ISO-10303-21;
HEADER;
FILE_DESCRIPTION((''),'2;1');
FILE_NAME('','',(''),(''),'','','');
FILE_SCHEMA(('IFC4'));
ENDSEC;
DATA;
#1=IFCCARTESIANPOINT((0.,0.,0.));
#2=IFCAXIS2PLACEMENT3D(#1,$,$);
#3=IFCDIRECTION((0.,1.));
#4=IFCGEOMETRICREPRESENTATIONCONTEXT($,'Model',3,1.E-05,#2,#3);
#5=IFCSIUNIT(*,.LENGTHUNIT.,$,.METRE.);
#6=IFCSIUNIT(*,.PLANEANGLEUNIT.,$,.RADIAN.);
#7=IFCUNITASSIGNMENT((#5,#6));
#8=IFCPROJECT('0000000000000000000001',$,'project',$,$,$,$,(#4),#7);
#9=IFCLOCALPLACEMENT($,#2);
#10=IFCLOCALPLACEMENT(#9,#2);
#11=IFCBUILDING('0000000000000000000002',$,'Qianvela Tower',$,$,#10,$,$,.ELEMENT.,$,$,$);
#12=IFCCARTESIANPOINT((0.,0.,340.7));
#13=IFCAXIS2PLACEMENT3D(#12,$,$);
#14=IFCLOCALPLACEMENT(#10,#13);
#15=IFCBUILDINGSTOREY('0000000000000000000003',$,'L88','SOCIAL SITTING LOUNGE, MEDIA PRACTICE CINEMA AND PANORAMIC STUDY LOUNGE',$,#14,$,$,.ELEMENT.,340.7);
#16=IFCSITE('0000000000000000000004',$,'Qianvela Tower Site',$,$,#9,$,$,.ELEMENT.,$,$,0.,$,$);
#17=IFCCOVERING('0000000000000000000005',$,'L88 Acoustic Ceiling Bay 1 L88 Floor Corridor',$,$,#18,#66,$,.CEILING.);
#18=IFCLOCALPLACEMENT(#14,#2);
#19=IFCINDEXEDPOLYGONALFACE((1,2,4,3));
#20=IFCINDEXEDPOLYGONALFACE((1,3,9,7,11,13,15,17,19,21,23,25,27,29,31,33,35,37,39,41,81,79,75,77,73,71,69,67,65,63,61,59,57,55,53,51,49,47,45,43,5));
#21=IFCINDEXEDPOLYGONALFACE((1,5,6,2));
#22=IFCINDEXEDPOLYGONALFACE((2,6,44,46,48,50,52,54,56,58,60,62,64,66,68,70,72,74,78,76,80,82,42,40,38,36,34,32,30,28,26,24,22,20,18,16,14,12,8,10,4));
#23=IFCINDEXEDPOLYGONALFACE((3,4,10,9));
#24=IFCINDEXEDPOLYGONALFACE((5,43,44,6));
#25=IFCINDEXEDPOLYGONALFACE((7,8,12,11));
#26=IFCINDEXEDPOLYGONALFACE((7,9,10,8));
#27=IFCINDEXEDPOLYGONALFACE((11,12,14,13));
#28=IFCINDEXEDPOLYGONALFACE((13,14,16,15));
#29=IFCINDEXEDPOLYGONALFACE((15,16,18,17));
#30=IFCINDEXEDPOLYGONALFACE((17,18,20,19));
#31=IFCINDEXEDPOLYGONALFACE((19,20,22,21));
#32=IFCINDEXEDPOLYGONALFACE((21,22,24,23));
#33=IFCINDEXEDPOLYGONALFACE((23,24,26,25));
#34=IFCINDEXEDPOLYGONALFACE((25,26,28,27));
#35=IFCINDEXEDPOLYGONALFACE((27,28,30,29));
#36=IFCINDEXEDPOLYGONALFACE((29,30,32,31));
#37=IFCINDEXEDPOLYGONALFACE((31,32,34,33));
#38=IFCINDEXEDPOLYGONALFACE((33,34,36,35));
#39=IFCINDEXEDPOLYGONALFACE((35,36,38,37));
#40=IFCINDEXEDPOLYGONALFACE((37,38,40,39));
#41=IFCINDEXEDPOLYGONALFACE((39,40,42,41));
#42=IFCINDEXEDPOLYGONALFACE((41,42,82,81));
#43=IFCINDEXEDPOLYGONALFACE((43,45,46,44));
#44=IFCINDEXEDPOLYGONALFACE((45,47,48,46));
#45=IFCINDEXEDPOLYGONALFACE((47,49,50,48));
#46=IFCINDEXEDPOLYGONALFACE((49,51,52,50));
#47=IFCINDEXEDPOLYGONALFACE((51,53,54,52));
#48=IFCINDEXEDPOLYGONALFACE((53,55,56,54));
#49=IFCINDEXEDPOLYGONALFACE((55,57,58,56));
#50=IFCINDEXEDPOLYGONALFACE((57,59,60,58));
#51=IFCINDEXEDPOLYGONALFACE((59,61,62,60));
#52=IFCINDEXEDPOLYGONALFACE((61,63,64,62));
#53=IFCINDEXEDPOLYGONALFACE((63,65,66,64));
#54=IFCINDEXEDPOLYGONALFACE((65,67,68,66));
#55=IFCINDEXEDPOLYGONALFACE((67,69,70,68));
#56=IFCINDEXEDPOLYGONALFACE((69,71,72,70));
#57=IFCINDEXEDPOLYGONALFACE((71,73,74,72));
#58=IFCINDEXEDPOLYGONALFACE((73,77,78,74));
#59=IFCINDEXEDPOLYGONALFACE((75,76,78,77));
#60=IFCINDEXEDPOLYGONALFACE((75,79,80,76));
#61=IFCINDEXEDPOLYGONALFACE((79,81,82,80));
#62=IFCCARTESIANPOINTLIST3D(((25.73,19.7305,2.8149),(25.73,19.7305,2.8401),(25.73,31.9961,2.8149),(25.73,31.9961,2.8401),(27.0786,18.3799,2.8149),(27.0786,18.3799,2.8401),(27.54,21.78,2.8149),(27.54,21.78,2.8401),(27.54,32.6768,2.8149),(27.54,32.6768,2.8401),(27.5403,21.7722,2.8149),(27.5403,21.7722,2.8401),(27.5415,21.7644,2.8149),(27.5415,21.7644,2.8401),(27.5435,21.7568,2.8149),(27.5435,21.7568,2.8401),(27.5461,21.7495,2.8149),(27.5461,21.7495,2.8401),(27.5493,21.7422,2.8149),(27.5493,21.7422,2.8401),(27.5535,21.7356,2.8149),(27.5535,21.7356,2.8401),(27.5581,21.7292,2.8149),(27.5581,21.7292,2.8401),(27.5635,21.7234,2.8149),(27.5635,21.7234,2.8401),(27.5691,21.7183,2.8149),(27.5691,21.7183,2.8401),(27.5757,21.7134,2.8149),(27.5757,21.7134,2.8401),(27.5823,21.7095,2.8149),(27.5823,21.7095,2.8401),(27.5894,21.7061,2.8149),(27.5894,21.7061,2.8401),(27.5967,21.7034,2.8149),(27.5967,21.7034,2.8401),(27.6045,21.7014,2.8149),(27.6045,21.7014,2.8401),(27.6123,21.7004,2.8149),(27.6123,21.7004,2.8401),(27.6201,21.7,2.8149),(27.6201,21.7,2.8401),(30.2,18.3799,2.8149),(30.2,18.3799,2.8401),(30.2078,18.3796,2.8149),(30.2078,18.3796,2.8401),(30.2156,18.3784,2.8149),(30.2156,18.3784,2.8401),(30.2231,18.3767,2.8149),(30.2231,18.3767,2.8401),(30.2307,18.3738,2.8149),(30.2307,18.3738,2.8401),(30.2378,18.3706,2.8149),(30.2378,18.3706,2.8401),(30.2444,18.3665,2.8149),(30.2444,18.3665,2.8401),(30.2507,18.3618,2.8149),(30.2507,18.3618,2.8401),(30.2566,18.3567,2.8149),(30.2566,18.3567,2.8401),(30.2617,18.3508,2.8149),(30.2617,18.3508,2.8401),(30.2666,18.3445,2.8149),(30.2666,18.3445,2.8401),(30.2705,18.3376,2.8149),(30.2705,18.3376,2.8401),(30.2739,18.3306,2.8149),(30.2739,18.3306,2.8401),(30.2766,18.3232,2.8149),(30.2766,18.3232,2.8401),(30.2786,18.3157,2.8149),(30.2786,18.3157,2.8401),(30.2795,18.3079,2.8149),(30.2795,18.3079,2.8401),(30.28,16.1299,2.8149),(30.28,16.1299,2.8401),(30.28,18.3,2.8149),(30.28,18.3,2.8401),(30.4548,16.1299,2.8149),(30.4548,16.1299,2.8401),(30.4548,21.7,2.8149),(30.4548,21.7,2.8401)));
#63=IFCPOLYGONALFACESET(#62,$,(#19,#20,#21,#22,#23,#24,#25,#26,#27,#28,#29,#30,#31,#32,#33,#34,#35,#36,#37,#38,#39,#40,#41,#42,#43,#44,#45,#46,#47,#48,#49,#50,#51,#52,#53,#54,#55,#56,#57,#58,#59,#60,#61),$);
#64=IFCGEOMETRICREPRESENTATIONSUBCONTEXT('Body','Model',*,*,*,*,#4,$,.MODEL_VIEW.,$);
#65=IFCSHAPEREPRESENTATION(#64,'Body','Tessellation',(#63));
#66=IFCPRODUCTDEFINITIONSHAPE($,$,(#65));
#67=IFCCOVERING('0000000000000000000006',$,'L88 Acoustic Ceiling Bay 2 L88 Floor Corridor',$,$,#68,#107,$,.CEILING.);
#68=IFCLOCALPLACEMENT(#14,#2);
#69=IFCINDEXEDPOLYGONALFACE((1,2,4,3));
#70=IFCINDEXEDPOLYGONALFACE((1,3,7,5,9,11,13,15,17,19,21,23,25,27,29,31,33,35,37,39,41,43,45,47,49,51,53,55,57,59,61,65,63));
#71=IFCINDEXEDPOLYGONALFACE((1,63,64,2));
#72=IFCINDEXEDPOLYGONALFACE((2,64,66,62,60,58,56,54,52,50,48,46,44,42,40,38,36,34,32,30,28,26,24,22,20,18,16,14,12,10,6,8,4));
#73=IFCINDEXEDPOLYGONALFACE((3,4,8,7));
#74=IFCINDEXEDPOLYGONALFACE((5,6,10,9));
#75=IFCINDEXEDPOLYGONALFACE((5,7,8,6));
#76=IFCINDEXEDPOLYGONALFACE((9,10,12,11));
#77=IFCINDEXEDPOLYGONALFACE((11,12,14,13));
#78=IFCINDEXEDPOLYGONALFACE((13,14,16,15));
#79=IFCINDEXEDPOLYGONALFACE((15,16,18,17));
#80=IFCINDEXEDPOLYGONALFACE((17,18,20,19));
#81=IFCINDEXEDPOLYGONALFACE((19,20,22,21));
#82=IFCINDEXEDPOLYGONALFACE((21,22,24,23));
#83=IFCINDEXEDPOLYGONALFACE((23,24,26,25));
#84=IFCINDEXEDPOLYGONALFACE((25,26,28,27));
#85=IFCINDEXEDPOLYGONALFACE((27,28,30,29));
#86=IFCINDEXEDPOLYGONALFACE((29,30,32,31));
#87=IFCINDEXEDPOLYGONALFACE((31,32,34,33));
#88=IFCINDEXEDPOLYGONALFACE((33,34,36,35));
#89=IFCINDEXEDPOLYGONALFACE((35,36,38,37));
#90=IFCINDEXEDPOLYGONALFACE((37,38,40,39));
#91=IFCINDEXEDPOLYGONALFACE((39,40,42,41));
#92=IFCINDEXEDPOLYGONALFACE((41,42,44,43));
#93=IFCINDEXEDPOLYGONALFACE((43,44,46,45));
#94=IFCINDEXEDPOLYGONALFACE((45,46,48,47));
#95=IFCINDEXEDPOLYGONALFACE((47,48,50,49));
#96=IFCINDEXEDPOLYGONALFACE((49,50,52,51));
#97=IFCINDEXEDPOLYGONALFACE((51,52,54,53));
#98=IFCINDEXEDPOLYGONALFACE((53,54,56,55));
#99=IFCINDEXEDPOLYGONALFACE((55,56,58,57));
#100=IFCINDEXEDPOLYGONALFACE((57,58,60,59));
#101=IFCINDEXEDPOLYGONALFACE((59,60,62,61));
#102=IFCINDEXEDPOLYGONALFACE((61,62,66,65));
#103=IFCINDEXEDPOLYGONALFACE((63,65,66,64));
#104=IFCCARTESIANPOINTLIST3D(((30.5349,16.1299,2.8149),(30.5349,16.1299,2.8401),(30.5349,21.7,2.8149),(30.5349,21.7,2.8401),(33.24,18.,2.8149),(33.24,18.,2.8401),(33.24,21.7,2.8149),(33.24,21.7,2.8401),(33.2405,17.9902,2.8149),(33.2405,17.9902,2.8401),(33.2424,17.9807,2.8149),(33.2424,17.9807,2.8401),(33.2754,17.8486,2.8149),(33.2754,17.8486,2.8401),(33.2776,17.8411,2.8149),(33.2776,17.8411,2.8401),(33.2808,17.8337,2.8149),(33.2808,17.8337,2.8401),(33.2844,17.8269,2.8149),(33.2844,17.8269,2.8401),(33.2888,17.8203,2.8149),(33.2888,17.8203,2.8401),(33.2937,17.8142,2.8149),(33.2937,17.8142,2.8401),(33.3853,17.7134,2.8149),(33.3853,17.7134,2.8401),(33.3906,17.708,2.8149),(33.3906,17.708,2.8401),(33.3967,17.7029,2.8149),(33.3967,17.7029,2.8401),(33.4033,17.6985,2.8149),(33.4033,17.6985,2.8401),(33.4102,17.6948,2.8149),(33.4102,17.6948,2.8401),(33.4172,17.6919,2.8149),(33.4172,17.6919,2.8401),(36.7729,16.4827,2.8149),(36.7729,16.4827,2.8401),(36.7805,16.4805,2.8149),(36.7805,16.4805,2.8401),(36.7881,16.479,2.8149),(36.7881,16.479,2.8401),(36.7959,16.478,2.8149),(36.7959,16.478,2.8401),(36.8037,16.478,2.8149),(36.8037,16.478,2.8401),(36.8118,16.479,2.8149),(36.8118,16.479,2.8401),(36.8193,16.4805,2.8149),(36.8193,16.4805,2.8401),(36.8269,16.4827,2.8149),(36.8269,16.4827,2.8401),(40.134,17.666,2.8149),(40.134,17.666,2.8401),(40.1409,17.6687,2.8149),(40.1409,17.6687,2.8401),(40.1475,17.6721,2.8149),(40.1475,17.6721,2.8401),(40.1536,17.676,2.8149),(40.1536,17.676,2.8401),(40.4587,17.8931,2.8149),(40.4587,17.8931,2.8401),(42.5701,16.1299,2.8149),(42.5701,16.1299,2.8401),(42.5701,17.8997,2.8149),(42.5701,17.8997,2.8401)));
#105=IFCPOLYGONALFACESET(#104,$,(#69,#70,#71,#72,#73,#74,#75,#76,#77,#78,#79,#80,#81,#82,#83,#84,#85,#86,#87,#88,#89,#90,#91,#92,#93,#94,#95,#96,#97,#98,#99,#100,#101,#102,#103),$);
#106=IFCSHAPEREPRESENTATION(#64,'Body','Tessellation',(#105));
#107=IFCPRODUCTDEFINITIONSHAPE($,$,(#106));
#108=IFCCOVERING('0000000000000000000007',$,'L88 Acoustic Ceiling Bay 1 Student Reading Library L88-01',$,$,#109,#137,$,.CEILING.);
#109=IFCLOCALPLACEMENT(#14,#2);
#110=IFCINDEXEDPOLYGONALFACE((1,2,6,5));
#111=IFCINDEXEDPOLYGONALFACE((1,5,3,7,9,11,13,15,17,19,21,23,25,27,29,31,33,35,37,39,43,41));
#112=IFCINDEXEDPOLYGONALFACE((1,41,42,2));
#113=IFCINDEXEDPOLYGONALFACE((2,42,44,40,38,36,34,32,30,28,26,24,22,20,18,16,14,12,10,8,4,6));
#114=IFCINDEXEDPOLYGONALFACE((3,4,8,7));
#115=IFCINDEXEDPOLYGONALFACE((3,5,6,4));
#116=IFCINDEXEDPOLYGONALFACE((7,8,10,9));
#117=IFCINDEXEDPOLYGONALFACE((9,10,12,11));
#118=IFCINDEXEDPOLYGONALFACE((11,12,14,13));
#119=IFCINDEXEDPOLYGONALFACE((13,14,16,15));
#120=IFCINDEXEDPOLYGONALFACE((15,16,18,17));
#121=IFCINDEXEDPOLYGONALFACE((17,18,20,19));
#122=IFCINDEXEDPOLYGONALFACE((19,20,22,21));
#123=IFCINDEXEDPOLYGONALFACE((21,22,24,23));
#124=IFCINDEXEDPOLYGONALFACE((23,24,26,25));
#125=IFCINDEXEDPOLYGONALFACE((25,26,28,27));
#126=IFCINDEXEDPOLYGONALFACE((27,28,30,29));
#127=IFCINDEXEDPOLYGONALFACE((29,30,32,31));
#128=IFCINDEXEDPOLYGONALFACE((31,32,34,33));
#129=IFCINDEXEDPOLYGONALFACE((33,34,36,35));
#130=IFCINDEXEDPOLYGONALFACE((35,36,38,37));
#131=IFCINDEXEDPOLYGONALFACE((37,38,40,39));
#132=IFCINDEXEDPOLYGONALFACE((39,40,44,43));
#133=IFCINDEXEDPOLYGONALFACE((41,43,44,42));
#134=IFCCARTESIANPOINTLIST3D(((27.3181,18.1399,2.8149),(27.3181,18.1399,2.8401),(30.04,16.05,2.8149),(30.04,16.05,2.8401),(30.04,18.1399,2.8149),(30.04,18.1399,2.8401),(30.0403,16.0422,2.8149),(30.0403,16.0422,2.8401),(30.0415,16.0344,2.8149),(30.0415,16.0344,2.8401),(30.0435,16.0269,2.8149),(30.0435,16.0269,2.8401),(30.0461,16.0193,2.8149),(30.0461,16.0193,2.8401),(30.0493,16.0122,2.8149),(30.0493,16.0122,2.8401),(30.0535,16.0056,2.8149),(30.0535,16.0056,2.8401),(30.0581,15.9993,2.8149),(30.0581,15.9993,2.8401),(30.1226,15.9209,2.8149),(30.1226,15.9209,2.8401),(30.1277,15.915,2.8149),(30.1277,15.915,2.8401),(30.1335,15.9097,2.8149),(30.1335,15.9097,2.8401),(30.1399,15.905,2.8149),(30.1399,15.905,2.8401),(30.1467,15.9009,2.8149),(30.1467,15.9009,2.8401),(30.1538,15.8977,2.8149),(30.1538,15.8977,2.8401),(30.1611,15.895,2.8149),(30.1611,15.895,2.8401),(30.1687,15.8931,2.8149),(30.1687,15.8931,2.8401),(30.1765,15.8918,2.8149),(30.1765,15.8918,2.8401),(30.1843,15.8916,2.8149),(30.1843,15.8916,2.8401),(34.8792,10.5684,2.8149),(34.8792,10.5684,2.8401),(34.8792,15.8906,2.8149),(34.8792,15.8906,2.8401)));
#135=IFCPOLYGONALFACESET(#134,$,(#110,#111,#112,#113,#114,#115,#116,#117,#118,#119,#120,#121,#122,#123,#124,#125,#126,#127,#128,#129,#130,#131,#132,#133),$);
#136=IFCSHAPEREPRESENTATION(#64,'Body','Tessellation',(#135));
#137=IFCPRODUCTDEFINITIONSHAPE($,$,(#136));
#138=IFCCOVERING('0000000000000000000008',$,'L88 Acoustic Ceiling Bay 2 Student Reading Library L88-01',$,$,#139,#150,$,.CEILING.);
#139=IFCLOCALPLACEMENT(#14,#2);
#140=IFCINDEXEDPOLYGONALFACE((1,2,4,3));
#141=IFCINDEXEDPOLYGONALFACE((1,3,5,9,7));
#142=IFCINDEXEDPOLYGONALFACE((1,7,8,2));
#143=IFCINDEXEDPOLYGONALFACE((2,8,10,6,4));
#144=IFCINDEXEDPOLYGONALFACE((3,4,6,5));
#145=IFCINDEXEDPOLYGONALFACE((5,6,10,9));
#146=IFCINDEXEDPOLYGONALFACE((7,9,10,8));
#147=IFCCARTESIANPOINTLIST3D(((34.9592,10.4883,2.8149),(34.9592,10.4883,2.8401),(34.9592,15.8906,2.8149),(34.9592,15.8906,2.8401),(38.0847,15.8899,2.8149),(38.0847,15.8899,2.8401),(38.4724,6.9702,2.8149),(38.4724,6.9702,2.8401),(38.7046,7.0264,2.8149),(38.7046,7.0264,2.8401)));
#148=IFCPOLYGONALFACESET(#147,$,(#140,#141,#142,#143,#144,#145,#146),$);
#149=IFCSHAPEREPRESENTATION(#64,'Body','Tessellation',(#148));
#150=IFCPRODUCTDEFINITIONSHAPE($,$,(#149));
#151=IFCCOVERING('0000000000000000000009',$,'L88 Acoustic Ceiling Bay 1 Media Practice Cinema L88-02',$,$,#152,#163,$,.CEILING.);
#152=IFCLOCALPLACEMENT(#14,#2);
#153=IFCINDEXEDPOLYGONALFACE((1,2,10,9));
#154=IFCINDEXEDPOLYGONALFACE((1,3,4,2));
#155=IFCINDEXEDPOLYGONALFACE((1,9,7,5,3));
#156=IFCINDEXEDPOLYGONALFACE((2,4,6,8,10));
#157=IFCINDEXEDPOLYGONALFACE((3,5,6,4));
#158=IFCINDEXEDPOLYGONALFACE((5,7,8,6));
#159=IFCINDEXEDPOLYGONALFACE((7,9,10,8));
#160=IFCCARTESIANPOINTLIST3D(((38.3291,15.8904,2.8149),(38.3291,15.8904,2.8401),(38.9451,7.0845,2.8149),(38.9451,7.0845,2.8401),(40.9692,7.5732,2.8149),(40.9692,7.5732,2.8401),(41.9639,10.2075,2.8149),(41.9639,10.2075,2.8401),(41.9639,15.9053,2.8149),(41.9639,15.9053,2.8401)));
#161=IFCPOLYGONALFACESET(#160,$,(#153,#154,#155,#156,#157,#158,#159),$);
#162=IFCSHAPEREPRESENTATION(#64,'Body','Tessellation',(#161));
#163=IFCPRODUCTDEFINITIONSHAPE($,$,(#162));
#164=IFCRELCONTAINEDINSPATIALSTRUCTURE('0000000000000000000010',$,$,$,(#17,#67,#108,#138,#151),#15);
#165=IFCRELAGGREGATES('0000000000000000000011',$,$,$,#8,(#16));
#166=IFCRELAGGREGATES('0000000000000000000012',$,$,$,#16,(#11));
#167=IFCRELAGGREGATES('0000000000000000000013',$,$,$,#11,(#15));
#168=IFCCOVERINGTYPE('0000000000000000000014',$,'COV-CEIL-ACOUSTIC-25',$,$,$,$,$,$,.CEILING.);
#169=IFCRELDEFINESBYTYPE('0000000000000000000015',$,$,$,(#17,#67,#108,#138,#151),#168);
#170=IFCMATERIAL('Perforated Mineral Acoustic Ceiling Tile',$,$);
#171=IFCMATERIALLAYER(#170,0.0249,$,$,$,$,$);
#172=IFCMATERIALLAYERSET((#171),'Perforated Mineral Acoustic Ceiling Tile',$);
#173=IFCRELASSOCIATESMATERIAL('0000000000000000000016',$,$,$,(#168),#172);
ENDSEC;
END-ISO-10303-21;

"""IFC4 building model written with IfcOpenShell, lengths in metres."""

from ifc_helpers import new_model, si_unit, direction, frame, origin, place, context, subcontext, project, spatial, polyline, outline, extrude, material, layer, layer_set, type_object, element, save


model = new_model("IFC4")

# Units and contexts
model_context = context("Model", 3, precision=1e-05, world=origin(), true_north=direction((0.0, 1.0)))
body_context = subcontext(model_context, "Body", "Model", "MODEL_VIEW")
ifc_project = project(units=[si_unit("LENGTHUNIT", "METRE"), si_unit("PLANEANGLEUNIT", "RADIAN")], contexts=[model_context])

# Site, building, storey
site_placement = place(None, origin())
site = spatial("IfcSite", under=ifc_project, at=site_placement, Name="Qianvela Tower Site", CompositionType="ELEMENT", RefElevation=0.0)
building_placement = place(site_placement, origin())
building = spatial("IfcBuilding", under=site, at=building_placement, Name="Qianvela Tower", CompositionType="ELEMENT")
storey_placement = place(building_placement, frame((0.0, 0.0, 340.7)))
storey = spatial("IfcBuildingStorey", under=building, at=storey_placement, Name="L88", Description="SOCIAL SITTING LOUNGE, MEDIA PRACTICE CINEMA AND PANORAMIC STUDY LOUNGE", CompositionType="ELEMENT", Elevation=340.7)

# Coverings
ifc_material_1 = material(Name="Perforated Mineral Acoustic Ceiling Tile")
ifc_layer_1 = layer(ifc_material_1, 0.0249)
ifc_layer_set_1 = layer_set([ifc_layer_1], Name="Perforated Mineral Acoustic Ceiling Tile")
covering_type_1 = type_object("IfcCoveringType", Name="COV-CEIL-ACOUSTIC-25", PredefinedType="CEILING", material=ifc_layer_set_1)
covering_1_placement = place(storey_placement, frame((0.0, 0.0, 2.8149)))
element("IfcCovering", 1, at=covering_1_placement, inside=storey, type_object=covering_type_1, Name="L88 Acoustic Ceiling Bay 1 L88 Floor Corridor", PredefinedType="CEILING", context=body_context, shape_type="SweptSolid", body=[
    extrude(outline(polyline([(30.28, 16.1299), (30.28, 18.3), (30.2795, 18.3079), (30.2786, 18.3157), (30.2766, 18.3232), (30.2739, 18.3306), (30.2705, 18.3376), (30.2666, 18.3445), (30.2617, 18.3508), (30.2566, 18.3567), (30.2507, 18.3618), (30.2444, 18.3665), (30.2378, 18.3706), (30.2307, 18.3738), (30.2231, 18.3767), (30.2156, 18.3784), (30.2078, 18.3796), (30.2, 18.3799), (27.0786, 18.3799), (25.73, 19.7305), (25.73, 31.9961), (27.54, 32.6768), (27.54, 21.78), (27.5403, 21.7722), (27.5415, 21.7644), (27.5435, 21.7568), (27.5461, 21.7495), (27.5493, 21.7422), (27.5535, 21.7356), (27.5581, 21.7292), (27.5635, 21.7234), (27.5691, 21.7183), (27.5757, 21.7134), (27.5823, 21.7095), (27.5894, 21.7061), (27.5967, 21.7034), (27.6045, 21.7014), (27.6123, 21.7004), (27.6201, 21.7), (30.4548, 21.7), (30.4548, 16.1299), (30.28, 16.1299)])), origin(), (0.0, 0.0, 1.0), 0.0251),
])
covering_2_placement = place(storey_placement, frame((0.0, 0.0, 2.8149)))
element("IfcCovering", 2, at=covering_2_placement, inside=storey, type_object=covering_type_1, Name="L88 Acoustic Ceiling Bay 2 L88 Floor Corridor", PredefinedType="CEILING", context=body_context, shape_type="SweptSolid", body=[
    extrude(outline(polyline([(36.7805, 16.4805), (36.7881, 16.479), (36.7959, 16.478), (36.8037, 16.478), (36.8118, 16.479), (36.8193, 16.4805), (36.8269, 16.4827), (40.134, 17.666), (40.1409, 17.6687), (40.1475, 17.6721), (40.1536, 17.676), (40.4587, 17.8931), (42.5701, 17.8997), (42.5701, 16.1299), (30.5349, 16.1299), (30.5349, 21.7), (33.24, 21.7), (33.24, 18.0), (33.2405, 17.9902), (33.2424, 17.9807), (33.2754, 17.8486), (33.2776, 17.8411), (33.2808, 17.8337), (33.2844, 17.8269), (33.2888, 17.8203), (33.2937, 17.8142), (33.3853, 17.7134), (33.3906, 17.708), (33.3967, 17.7029), (33.4033, 17.6985), (33.4102, 17.6948), (33.4172, 17.6919), (36.7729, 16.4827), (36.7805, 16.4805)])), origin(), (0.0, 0.0, 1.0), 0.0251),
])
covering_3_placement = place(storey_placement, frame((0.0, 0.0, 2.8149)))
element("IfcCovering", 3, at=covering_3_placement, inside=storey, type_object=covering_type_1, Name="L88 Acoustic Ceiling Bay 1 Student Reading Library L88-01", PredefinedType="CEILING", context=body_context, shape_type="SweptSolid", body=[
    extrude(outline(polyline([(30.04, 18.1399), (30.04, 16.05), (30.0403, 16.0422), (30.0415, 16.0344), (30.0435, 16.0269), (30.0461, 16.0193), (30.0493, 16.0122), (30.0535, 16.0056), (30.0581, 15.9993), (30.1226, 15.9209), (30.1277, 15.915), (30.1335, 15.9097), (30.1399, 15.905), (30.1467, 15.9009), (30.1538, 15.8977), (30.1611, 15.895), (30.1687, 15.8931), (30.1765, 15.8918), (30.1843, 15.8916), (34.8792, 15.8906), (34.8792, 10.5684), (27.3181, 18.1399), (30.04, 18.1399)])), origin(), (0.0, 0.0, 1.0), 0.0251),
])
covering_4_placement = place(storey_placement, frame((0.0, 0.0, 2.8149)))
element("IfcCovering", 4, at=covering_4_placement, inside=storey, type_object=covering_type_1, Name="L88 Acoustic Ceiling Bay 2 Student Reading Library L88-01", PredefinedType="CEILING", context=body_context, shape_type="SweptSolid", body=[
    extrude(outline(polyline([(38.0847, 15.8899), (38.7046, 7.0264), (38.4724, 6.9702), (34.9592, 10.4883), (34.9592, 15.8906), (38.0847, 15.8899)])), origin(), (0.0, 0.0, 1.0), 0.0251),
])
covering_5_placement = place(storey_placement, frame((0.0, 0.0, 2.8149)))
element("IfcCovering", 5, at=covering_5_placement, inside=storey, type_object=covering_type_1, Name="L88 Acoustic Ceiling Bay 1 Media Practice Cinema L88-02", PredefinedType="CEILING", context=body_context, shape_type="SweptSolid", body=[
    extrude(outline(polyline([(41.9639, 15.9053), (41.9639, 10.2075), (40.9692, 7.5732), (38.9451, 7.0845), (38.3291, 15.8904), (41.9639, 15.9053)])), origin(), (0.0, 0.0, 1.0), 0.0251),
])

save(model, "model.ifc")
